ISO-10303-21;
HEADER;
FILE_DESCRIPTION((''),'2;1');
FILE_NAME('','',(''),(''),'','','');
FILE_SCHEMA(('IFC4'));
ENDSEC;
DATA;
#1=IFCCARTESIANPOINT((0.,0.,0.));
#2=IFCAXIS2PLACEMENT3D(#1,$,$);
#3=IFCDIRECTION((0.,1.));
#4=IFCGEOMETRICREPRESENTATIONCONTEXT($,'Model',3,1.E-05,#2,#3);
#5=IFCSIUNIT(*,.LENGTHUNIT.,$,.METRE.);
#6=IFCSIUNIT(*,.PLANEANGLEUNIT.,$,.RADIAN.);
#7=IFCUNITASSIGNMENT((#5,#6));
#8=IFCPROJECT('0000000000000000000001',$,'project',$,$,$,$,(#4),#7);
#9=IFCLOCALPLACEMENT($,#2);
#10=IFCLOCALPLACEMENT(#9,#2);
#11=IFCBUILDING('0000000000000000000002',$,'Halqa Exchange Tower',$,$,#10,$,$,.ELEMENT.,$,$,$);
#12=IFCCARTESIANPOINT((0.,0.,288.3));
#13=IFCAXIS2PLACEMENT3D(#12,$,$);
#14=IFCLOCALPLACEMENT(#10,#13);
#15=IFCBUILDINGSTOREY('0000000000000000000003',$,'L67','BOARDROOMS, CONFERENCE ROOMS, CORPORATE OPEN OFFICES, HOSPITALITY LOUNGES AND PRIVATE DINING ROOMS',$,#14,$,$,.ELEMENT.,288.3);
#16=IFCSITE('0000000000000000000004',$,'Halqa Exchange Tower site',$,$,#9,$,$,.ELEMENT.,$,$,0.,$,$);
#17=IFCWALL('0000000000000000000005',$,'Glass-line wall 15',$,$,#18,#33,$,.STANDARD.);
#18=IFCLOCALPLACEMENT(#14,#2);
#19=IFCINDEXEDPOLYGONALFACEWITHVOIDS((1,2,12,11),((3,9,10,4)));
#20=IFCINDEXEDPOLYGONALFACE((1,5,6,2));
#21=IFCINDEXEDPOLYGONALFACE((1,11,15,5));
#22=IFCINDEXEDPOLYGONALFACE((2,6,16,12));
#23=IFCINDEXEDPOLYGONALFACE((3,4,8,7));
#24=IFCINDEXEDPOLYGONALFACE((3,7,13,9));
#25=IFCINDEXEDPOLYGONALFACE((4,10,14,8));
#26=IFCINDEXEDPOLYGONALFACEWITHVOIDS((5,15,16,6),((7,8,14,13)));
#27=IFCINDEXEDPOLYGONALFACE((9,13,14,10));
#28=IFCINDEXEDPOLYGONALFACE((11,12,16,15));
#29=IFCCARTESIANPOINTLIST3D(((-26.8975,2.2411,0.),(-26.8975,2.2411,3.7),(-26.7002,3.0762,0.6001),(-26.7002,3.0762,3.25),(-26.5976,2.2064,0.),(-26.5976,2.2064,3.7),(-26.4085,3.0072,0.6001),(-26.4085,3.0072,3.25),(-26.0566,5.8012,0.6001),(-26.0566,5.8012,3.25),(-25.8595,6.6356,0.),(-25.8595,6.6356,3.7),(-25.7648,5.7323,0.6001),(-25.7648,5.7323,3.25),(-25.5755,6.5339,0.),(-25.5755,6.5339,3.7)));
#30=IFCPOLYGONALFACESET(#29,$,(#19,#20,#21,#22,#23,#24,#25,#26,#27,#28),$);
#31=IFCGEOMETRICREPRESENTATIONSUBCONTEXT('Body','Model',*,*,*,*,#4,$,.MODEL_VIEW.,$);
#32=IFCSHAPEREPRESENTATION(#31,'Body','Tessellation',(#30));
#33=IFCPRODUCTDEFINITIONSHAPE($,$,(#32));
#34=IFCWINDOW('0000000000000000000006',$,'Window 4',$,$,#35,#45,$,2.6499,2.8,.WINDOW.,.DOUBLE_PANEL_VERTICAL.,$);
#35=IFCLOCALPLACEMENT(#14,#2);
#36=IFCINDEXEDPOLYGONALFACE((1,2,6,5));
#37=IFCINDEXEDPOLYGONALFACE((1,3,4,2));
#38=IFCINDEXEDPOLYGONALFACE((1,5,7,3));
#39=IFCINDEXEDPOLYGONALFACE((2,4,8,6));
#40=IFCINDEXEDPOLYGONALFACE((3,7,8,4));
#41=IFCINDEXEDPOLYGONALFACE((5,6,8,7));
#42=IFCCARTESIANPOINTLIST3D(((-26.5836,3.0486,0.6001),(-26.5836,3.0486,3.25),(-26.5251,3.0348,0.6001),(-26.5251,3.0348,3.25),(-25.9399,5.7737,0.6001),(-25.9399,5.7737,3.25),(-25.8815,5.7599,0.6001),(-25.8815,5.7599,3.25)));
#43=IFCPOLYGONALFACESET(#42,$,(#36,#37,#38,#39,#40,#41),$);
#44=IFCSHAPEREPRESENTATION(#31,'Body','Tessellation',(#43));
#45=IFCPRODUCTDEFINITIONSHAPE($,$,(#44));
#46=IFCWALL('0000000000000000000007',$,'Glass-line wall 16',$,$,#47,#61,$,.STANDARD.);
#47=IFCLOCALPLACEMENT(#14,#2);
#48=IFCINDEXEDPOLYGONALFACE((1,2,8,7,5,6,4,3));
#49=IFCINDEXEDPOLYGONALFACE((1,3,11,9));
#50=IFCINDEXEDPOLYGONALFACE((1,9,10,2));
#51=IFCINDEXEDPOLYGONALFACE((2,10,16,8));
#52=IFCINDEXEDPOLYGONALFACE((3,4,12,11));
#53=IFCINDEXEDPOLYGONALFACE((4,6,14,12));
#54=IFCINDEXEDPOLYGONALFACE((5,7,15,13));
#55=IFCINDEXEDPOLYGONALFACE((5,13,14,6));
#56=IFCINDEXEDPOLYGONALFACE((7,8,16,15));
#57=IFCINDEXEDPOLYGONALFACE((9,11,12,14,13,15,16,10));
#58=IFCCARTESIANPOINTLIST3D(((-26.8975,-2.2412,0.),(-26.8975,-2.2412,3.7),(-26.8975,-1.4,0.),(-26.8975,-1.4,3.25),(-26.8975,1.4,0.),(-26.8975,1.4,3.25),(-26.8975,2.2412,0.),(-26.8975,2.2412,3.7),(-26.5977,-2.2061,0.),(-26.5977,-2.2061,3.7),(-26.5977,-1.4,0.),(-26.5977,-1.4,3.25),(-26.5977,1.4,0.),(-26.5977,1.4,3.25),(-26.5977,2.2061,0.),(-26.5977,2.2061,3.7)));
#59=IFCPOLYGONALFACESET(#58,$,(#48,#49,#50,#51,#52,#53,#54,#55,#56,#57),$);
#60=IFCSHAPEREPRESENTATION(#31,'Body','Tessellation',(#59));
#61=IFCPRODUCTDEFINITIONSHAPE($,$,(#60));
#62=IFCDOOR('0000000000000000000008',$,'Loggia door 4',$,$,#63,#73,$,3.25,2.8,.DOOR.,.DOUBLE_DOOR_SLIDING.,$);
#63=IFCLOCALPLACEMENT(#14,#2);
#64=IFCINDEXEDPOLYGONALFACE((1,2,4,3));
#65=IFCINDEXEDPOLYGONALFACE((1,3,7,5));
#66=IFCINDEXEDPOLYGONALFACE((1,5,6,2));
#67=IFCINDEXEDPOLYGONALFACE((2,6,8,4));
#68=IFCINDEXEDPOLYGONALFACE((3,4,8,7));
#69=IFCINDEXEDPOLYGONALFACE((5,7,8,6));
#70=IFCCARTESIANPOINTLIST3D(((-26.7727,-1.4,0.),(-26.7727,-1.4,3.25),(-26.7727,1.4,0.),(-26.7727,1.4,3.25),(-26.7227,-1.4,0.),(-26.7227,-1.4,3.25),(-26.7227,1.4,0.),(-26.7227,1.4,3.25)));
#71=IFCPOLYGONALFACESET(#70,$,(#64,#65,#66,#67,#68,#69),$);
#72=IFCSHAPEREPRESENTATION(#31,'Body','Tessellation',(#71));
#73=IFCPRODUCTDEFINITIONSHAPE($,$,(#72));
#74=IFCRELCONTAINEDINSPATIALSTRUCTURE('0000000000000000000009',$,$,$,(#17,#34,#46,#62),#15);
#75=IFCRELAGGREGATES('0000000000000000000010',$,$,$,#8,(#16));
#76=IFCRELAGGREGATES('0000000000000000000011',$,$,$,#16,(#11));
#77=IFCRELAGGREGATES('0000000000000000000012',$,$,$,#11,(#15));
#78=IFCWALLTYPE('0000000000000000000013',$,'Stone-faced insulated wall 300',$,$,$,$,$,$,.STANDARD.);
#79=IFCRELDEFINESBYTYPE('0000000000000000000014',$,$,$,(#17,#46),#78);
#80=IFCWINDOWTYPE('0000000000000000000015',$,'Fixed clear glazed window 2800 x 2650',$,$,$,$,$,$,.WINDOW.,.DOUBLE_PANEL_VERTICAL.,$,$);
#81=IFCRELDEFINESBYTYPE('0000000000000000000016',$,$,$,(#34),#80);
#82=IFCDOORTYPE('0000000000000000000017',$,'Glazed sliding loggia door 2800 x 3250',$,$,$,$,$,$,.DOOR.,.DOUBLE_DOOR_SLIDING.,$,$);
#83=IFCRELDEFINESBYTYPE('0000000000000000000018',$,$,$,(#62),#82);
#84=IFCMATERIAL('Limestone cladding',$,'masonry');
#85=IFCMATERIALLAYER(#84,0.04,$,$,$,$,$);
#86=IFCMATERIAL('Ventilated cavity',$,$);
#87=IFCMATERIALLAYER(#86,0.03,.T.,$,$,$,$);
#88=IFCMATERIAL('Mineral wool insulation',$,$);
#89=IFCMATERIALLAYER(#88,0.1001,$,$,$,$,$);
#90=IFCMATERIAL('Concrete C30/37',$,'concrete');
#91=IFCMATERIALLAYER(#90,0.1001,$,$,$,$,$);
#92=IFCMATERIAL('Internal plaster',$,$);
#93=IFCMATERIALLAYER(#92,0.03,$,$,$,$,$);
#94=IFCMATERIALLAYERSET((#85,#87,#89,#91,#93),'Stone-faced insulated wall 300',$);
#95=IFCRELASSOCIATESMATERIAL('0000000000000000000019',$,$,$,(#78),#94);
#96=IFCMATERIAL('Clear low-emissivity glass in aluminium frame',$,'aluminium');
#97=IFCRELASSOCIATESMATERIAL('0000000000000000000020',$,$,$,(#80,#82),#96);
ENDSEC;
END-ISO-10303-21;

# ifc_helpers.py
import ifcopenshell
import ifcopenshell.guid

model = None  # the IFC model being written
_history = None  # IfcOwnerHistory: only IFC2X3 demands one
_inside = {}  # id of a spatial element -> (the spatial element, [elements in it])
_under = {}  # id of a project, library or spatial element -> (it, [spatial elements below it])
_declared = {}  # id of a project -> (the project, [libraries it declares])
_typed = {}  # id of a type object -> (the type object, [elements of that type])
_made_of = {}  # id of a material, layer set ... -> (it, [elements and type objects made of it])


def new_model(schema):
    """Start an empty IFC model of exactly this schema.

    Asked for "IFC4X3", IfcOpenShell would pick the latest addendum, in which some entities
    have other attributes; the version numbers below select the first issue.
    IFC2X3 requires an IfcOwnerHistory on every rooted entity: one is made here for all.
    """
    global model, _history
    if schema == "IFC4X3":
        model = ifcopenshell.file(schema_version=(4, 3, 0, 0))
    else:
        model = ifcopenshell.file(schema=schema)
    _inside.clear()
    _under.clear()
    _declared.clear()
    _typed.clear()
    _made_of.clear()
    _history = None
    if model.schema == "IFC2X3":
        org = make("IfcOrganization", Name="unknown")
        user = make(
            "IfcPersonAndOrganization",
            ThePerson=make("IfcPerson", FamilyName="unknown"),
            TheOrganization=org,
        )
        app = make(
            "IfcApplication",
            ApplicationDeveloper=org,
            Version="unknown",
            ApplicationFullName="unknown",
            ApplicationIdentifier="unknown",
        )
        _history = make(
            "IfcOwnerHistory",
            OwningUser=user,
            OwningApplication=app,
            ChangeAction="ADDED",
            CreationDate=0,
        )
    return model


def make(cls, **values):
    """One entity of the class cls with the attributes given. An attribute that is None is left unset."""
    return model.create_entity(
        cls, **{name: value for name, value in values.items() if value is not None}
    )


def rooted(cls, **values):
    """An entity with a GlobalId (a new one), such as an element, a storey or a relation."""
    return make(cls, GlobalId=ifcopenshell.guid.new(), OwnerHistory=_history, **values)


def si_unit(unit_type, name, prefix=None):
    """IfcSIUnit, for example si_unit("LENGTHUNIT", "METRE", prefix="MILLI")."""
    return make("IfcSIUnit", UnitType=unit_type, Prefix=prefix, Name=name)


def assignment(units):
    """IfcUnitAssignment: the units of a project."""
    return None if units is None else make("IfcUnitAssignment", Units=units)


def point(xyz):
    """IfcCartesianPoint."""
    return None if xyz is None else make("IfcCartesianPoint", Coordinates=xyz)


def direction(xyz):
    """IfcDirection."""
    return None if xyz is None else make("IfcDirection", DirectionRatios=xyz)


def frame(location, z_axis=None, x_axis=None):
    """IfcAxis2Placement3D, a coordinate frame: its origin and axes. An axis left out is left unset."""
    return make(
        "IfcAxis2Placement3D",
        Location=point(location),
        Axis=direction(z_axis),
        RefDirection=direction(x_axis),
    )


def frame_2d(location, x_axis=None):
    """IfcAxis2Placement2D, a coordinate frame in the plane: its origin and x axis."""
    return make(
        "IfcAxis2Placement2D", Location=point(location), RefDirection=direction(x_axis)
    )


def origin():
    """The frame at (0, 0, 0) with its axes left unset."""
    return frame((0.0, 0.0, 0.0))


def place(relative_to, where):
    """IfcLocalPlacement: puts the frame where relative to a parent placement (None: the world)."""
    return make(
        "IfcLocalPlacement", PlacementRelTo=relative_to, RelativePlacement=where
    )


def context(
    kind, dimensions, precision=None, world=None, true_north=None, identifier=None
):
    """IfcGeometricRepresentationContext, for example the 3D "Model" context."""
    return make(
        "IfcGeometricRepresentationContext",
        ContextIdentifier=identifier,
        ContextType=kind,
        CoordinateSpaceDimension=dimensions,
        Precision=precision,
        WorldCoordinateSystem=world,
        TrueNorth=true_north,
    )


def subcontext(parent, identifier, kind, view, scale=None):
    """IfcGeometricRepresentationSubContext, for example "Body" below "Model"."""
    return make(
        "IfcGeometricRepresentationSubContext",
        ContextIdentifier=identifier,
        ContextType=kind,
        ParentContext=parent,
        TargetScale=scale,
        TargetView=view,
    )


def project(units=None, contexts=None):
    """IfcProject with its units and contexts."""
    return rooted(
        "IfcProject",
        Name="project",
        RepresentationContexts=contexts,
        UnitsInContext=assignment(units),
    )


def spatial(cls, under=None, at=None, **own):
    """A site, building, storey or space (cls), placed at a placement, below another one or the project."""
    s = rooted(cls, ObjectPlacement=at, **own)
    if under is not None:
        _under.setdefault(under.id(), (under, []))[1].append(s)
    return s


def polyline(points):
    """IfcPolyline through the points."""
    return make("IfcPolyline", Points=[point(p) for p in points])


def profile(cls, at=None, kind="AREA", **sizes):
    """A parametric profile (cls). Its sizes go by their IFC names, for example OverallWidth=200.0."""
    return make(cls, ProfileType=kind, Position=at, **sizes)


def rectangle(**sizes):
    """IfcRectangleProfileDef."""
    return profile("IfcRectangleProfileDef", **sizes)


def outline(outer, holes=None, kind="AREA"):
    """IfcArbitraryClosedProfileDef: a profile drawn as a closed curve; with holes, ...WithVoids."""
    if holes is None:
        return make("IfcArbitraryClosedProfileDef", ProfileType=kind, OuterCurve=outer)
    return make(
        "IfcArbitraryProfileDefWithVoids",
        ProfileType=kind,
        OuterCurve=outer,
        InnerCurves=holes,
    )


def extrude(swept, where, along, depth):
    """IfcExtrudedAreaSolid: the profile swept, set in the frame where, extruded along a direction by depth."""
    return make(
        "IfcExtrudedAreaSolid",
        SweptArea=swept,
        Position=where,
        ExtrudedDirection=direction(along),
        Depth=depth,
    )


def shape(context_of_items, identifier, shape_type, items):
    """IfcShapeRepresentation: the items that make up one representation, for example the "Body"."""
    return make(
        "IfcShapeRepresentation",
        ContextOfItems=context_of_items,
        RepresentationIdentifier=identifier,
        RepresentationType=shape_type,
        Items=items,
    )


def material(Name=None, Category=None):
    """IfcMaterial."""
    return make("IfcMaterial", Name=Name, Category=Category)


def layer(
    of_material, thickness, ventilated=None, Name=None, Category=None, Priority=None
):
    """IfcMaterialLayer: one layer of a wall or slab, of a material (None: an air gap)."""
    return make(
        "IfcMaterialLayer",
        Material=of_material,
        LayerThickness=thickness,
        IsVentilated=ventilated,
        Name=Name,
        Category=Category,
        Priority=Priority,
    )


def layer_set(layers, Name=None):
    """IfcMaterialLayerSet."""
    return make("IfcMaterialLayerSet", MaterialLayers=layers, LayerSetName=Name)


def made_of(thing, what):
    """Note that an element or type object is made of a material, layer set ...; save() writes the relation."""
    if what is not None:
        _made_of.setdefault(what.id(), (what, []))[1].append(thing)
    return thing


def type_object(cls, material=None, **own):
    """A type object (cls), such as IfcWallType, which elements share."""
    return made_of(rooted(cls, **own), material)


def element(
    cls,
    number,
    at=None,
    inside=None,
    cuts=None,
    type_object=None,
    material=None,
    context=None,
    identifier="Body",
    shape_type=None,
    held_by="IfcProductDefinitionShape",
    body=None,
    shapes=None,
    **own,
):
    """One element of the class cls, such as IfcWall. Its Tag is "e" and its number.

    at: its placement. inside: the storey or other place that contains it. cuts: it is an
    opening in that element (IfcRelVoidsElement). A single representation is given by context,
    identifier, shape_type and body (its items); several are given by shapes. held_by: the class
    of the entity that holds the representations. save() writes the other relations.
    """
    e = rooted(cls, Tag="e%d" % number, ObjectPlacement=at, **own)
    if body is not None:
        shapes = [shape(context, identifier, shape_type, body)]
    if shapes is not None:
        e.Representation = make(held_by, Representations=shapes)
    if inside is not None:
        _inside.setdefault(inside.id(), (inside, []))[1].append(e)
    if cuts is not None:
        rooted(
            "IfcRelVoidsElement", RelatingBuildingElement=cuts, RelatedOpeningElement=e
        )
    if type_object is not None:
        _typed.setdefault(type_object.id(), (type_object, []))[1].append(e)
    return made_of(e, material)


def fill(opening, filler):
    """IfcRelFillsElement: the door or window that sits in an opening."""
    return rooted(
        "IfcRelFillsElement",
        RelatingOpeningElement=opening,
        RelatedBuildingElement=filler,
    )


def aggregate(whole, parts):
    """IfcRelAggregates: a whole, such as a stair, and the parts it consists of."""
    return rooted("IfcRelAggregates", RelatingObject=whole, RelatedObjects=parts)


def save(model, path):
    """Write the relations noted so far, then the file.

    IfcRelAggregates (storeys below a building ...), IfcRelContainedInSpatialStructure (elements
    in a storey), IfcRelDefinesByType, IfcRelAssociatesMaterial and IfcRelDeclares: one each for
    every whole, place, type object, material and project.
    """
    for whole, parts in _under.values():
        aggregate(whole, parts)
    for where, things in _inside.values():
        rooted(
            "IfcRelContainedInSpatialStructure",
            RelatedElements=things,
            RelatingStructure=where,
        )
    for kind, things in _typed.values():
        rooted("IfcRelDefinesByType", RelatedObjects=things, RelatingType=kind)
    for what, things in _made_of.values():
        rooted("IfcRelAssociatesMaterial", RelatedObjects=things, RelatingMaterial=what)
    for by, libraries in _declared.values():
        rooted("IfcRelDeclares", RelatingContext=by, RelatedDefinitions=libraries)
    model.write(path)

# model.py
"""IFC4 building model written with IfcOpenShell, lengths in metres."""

from ifc_helpers import new_model, si_unit, direction, frame, frame_2d, origin, place, context, subcontext, project, spatial, polyline, rectangle, outline, extrude, material, layer, layer_set, type_object, element, fill, save


model = new_model("IFC4")

# Units and contexts
model_context = context("Model", 3, precision=1e-05, world=origin(), true_north=direction((0.0, 1.0)))
body_context = subcontext(model_context, "Body", "Model", "MODEL_VIEW")
ifc_project = project(units=[si_unit("LENGTHUNIT", "METRE"), si_unit("PLANEANGLEUNIT", "RADIAN")], contexts=[model_context])

# Site, building, storey
site_placement = place(None, origin())
site = spatial("IfcSite", under=ifc_project, at=site_placement, Name="Halqa Exchange Tower site", CompositionType="ELEMENT", RefElevation=0.0)
building_placement = place(site_placement, origin())
building = spatial("IfcBuilding", under=site, at=building_placement, Name="Halqa Exchange Tower", CompositionType="ELEMENT")
storey_placement = place(building_placement, frame((0.0, 0.0, 288.3)))
storey = spatial("IfcBuildingStorey", under=building, at=storey_placement, Name="L67", Description="BOARDROOMS, CONFERENCE ROOMS, CORPORATE OPEN OFFICES, HOSPITALITY LOUNGES AND PRIVATE DINING ROOMS", CompositionType="ELEMENT", Elevation=288.3)

# Wall, opening, window
ifc_material_1 = material(Name="Limestone cladding", Category="masonry")
ifc_layer_1 = layer(ifc_material_1, 0.04)
ifc_material_2 = material(Name="Ventilated cavity")
ifc_layer_2 = layer(ifc_material_2, 0.03, ventilated=True)
ifc_material_3 = material(Name="Mineral wool insulation")
ifc_layer_3 = layer(ifc_material_3, 0.1001)
ifc_material_4 = material(Name="Concrete C30/37", Category="concrete")
ifc_layer_4 = layer(ifc_material_4, 0.1001)
ifc_material_5 = material(Name="Internal plaster")
ifc_layer_5 = layer(ifc_material_5, 0.03)
ifc_layer_set_1 = layer_set([ifc_layer_1, ifc_layer_2, ifc_layer_3, ifc_layer_4, ifc_layer_5], Name="Stone-faced insulated wall 300")
wall_type_1 = type_object("IfcWallType", Name="Stone-faced insulated wall 300", PredefinedType="STANDARD", material=ifc_layer_set_1)
ifc_material_6 = material(Name="Clear low-emissivity glass in aluminium frame", Category="aluminium")
window_type = type_object("IfcWindowType", Name="Fixed clear glazed window 2800 x 2650", PartitioningType="DOUBLE_PANEL_VERTICAL", PredefinedType="WINDOW", material=ifc_material_6)
wall_1_placement = place(storey_placement, frame((-25.7175, 6.5847, 0.0), z_axis=(0.0, 0.0, 1.0), x_axis=(-0.229862, -0.973223, 0.0)))
wall_1 = element("IfcWall", 1, at=wall_1_placement, inside=storey, type_object=wall_type_1, Name="Glass-line wall 15", PredefinedType="STANDARD", context=body_context, shape_type="SweptSolid", body=[
    extrude(outline(polyline([(-0.0168, -0.1499), (4.4985, -0.1499), (4.4634, 0.1499), (0.0168, 0.1499), (-0.0168, -0.1499)])), origin(), (0.0, 0.0, 1.0), 3.7),
])
opening_1_placement = place(wall_1_placement, frame((0.8406, 0.0, 0.6001)))
opening_1 = element("IfcOpeningElement", 2, at=opening_1_placement, cuts=wall_1, PredefinedType="OPENING", context=body_context, shape_type="SweptSolid", body=[
    extrude(rectangle(XDim=2.8, YDim=2.6499, at=frame_2d((1.3999, 1.325))), frame((0.0, 0.1621, 0.0), z_axis=(0.0, -1.0, 0.0), x_axis=(1.0, 0.0, 0.0)), (0.0, 0.0, 1.0), 0.324),
])
window_1_placement = place(opening_1_placement, origin())
window_1 = element("IfcWindow", 3, at=window_1_placement, inside=storey, type_object=window_type, Name="Window 4", OverallHeight=2.6499, OverallWidth=2.8, PartitioningType="DOUBLE_PANEL_VERTICAL", PredefinedType="WINDOW", context=body_context, shape_type="SweptSolid", body=[
    extrude(rectangle(XDim=2.8, YDim=2.6499, at=frame_2d((1.3999, 1.325))), frame((0.0, 0.03, 0.0), z_axis=(0.0, -1.0, 0.0), x_axis=(1.0, 0.0, 0.0)), (0.0, 0.0, 1.0), 0.0601),
])
fill(opening_1, window_1)

# Wall, opening, door
wall_2_placement = place(storey_placement, frame((-26.7476, 2.2236, 0.0), z_axis=(0.0, 0.0, 1.0), x_axis=(0.0, -1.0, 0.0)))
wall_2 = element("IfcWall", 4, at=wall_2_placement, inside=storey, type_object=wall_type_1, Name="Glass-line wall 16", PredefinedType="STANDARD", context=body_context, shape_type="SweptSolid", body=[
    extrude(outline(polyline([(-0.0176, -0.1499), (4.4648, -0.1499), (4.4297, 0.1499), (0.0176, 0.1499), (-0.0176, -0.1499)])), origin(), (0.0, 0.0, 1.0), 3.7),
])
opening_2_placement = place(wall_2_placement, frame((0.8237, 0.0, 0.0)))
opening_2 = element("IfcOpeningElement", 5, at=opening_2_placement, cuts=wall_2, PredefinedType="OPENING", context=body_context, shape_type="SweptSolid", body=[
    extrude(rectangle(XDim=2.8, YDim=3.25, at=frame_2d((1.3999, 1.625))), frame((0.0, 0.1621, 0.0), z_axis=(0.0, -1.0, 0.0), x_axis=(1.0, 0.0, 0.0)), (0.0, 0.0, 1.0), 0.324),
])
door_type = type_object("IfcDoorType", Name="Glazed sliding loggia door 2800 x 3250", OperationType="DOUBLE_DOOR_SLIDING", PredefinedType="DOOR", material=ifc_material_6)
door_placement = place(opening_2_placement, origin())
door = element("IfcDoor", 6, at=door_placement, inside=storey, type_object=door_type, Name="Loggia door 4", OperationType="DOUBLE_DOOR_SLIDING", OverallHeight=3.25, OverallWidth=2.8, PredefinedType="DOOR", context=body_context, shape_type="SweptSolid", body=[
    extrude(rectangle(XDim=2.8, YDim=3.25, at=frame_2d((1.3999, 1.625))), frame((0.0, 0.0249, 0.0), z_axis=(0.0, -1.0, 0.0), x_axis=(1.0, 0.0, 0.0)), (0.0, 0.0, 1.0), 0.05),
])
fill(opening_2, door)

save(model, "model.ifc")
